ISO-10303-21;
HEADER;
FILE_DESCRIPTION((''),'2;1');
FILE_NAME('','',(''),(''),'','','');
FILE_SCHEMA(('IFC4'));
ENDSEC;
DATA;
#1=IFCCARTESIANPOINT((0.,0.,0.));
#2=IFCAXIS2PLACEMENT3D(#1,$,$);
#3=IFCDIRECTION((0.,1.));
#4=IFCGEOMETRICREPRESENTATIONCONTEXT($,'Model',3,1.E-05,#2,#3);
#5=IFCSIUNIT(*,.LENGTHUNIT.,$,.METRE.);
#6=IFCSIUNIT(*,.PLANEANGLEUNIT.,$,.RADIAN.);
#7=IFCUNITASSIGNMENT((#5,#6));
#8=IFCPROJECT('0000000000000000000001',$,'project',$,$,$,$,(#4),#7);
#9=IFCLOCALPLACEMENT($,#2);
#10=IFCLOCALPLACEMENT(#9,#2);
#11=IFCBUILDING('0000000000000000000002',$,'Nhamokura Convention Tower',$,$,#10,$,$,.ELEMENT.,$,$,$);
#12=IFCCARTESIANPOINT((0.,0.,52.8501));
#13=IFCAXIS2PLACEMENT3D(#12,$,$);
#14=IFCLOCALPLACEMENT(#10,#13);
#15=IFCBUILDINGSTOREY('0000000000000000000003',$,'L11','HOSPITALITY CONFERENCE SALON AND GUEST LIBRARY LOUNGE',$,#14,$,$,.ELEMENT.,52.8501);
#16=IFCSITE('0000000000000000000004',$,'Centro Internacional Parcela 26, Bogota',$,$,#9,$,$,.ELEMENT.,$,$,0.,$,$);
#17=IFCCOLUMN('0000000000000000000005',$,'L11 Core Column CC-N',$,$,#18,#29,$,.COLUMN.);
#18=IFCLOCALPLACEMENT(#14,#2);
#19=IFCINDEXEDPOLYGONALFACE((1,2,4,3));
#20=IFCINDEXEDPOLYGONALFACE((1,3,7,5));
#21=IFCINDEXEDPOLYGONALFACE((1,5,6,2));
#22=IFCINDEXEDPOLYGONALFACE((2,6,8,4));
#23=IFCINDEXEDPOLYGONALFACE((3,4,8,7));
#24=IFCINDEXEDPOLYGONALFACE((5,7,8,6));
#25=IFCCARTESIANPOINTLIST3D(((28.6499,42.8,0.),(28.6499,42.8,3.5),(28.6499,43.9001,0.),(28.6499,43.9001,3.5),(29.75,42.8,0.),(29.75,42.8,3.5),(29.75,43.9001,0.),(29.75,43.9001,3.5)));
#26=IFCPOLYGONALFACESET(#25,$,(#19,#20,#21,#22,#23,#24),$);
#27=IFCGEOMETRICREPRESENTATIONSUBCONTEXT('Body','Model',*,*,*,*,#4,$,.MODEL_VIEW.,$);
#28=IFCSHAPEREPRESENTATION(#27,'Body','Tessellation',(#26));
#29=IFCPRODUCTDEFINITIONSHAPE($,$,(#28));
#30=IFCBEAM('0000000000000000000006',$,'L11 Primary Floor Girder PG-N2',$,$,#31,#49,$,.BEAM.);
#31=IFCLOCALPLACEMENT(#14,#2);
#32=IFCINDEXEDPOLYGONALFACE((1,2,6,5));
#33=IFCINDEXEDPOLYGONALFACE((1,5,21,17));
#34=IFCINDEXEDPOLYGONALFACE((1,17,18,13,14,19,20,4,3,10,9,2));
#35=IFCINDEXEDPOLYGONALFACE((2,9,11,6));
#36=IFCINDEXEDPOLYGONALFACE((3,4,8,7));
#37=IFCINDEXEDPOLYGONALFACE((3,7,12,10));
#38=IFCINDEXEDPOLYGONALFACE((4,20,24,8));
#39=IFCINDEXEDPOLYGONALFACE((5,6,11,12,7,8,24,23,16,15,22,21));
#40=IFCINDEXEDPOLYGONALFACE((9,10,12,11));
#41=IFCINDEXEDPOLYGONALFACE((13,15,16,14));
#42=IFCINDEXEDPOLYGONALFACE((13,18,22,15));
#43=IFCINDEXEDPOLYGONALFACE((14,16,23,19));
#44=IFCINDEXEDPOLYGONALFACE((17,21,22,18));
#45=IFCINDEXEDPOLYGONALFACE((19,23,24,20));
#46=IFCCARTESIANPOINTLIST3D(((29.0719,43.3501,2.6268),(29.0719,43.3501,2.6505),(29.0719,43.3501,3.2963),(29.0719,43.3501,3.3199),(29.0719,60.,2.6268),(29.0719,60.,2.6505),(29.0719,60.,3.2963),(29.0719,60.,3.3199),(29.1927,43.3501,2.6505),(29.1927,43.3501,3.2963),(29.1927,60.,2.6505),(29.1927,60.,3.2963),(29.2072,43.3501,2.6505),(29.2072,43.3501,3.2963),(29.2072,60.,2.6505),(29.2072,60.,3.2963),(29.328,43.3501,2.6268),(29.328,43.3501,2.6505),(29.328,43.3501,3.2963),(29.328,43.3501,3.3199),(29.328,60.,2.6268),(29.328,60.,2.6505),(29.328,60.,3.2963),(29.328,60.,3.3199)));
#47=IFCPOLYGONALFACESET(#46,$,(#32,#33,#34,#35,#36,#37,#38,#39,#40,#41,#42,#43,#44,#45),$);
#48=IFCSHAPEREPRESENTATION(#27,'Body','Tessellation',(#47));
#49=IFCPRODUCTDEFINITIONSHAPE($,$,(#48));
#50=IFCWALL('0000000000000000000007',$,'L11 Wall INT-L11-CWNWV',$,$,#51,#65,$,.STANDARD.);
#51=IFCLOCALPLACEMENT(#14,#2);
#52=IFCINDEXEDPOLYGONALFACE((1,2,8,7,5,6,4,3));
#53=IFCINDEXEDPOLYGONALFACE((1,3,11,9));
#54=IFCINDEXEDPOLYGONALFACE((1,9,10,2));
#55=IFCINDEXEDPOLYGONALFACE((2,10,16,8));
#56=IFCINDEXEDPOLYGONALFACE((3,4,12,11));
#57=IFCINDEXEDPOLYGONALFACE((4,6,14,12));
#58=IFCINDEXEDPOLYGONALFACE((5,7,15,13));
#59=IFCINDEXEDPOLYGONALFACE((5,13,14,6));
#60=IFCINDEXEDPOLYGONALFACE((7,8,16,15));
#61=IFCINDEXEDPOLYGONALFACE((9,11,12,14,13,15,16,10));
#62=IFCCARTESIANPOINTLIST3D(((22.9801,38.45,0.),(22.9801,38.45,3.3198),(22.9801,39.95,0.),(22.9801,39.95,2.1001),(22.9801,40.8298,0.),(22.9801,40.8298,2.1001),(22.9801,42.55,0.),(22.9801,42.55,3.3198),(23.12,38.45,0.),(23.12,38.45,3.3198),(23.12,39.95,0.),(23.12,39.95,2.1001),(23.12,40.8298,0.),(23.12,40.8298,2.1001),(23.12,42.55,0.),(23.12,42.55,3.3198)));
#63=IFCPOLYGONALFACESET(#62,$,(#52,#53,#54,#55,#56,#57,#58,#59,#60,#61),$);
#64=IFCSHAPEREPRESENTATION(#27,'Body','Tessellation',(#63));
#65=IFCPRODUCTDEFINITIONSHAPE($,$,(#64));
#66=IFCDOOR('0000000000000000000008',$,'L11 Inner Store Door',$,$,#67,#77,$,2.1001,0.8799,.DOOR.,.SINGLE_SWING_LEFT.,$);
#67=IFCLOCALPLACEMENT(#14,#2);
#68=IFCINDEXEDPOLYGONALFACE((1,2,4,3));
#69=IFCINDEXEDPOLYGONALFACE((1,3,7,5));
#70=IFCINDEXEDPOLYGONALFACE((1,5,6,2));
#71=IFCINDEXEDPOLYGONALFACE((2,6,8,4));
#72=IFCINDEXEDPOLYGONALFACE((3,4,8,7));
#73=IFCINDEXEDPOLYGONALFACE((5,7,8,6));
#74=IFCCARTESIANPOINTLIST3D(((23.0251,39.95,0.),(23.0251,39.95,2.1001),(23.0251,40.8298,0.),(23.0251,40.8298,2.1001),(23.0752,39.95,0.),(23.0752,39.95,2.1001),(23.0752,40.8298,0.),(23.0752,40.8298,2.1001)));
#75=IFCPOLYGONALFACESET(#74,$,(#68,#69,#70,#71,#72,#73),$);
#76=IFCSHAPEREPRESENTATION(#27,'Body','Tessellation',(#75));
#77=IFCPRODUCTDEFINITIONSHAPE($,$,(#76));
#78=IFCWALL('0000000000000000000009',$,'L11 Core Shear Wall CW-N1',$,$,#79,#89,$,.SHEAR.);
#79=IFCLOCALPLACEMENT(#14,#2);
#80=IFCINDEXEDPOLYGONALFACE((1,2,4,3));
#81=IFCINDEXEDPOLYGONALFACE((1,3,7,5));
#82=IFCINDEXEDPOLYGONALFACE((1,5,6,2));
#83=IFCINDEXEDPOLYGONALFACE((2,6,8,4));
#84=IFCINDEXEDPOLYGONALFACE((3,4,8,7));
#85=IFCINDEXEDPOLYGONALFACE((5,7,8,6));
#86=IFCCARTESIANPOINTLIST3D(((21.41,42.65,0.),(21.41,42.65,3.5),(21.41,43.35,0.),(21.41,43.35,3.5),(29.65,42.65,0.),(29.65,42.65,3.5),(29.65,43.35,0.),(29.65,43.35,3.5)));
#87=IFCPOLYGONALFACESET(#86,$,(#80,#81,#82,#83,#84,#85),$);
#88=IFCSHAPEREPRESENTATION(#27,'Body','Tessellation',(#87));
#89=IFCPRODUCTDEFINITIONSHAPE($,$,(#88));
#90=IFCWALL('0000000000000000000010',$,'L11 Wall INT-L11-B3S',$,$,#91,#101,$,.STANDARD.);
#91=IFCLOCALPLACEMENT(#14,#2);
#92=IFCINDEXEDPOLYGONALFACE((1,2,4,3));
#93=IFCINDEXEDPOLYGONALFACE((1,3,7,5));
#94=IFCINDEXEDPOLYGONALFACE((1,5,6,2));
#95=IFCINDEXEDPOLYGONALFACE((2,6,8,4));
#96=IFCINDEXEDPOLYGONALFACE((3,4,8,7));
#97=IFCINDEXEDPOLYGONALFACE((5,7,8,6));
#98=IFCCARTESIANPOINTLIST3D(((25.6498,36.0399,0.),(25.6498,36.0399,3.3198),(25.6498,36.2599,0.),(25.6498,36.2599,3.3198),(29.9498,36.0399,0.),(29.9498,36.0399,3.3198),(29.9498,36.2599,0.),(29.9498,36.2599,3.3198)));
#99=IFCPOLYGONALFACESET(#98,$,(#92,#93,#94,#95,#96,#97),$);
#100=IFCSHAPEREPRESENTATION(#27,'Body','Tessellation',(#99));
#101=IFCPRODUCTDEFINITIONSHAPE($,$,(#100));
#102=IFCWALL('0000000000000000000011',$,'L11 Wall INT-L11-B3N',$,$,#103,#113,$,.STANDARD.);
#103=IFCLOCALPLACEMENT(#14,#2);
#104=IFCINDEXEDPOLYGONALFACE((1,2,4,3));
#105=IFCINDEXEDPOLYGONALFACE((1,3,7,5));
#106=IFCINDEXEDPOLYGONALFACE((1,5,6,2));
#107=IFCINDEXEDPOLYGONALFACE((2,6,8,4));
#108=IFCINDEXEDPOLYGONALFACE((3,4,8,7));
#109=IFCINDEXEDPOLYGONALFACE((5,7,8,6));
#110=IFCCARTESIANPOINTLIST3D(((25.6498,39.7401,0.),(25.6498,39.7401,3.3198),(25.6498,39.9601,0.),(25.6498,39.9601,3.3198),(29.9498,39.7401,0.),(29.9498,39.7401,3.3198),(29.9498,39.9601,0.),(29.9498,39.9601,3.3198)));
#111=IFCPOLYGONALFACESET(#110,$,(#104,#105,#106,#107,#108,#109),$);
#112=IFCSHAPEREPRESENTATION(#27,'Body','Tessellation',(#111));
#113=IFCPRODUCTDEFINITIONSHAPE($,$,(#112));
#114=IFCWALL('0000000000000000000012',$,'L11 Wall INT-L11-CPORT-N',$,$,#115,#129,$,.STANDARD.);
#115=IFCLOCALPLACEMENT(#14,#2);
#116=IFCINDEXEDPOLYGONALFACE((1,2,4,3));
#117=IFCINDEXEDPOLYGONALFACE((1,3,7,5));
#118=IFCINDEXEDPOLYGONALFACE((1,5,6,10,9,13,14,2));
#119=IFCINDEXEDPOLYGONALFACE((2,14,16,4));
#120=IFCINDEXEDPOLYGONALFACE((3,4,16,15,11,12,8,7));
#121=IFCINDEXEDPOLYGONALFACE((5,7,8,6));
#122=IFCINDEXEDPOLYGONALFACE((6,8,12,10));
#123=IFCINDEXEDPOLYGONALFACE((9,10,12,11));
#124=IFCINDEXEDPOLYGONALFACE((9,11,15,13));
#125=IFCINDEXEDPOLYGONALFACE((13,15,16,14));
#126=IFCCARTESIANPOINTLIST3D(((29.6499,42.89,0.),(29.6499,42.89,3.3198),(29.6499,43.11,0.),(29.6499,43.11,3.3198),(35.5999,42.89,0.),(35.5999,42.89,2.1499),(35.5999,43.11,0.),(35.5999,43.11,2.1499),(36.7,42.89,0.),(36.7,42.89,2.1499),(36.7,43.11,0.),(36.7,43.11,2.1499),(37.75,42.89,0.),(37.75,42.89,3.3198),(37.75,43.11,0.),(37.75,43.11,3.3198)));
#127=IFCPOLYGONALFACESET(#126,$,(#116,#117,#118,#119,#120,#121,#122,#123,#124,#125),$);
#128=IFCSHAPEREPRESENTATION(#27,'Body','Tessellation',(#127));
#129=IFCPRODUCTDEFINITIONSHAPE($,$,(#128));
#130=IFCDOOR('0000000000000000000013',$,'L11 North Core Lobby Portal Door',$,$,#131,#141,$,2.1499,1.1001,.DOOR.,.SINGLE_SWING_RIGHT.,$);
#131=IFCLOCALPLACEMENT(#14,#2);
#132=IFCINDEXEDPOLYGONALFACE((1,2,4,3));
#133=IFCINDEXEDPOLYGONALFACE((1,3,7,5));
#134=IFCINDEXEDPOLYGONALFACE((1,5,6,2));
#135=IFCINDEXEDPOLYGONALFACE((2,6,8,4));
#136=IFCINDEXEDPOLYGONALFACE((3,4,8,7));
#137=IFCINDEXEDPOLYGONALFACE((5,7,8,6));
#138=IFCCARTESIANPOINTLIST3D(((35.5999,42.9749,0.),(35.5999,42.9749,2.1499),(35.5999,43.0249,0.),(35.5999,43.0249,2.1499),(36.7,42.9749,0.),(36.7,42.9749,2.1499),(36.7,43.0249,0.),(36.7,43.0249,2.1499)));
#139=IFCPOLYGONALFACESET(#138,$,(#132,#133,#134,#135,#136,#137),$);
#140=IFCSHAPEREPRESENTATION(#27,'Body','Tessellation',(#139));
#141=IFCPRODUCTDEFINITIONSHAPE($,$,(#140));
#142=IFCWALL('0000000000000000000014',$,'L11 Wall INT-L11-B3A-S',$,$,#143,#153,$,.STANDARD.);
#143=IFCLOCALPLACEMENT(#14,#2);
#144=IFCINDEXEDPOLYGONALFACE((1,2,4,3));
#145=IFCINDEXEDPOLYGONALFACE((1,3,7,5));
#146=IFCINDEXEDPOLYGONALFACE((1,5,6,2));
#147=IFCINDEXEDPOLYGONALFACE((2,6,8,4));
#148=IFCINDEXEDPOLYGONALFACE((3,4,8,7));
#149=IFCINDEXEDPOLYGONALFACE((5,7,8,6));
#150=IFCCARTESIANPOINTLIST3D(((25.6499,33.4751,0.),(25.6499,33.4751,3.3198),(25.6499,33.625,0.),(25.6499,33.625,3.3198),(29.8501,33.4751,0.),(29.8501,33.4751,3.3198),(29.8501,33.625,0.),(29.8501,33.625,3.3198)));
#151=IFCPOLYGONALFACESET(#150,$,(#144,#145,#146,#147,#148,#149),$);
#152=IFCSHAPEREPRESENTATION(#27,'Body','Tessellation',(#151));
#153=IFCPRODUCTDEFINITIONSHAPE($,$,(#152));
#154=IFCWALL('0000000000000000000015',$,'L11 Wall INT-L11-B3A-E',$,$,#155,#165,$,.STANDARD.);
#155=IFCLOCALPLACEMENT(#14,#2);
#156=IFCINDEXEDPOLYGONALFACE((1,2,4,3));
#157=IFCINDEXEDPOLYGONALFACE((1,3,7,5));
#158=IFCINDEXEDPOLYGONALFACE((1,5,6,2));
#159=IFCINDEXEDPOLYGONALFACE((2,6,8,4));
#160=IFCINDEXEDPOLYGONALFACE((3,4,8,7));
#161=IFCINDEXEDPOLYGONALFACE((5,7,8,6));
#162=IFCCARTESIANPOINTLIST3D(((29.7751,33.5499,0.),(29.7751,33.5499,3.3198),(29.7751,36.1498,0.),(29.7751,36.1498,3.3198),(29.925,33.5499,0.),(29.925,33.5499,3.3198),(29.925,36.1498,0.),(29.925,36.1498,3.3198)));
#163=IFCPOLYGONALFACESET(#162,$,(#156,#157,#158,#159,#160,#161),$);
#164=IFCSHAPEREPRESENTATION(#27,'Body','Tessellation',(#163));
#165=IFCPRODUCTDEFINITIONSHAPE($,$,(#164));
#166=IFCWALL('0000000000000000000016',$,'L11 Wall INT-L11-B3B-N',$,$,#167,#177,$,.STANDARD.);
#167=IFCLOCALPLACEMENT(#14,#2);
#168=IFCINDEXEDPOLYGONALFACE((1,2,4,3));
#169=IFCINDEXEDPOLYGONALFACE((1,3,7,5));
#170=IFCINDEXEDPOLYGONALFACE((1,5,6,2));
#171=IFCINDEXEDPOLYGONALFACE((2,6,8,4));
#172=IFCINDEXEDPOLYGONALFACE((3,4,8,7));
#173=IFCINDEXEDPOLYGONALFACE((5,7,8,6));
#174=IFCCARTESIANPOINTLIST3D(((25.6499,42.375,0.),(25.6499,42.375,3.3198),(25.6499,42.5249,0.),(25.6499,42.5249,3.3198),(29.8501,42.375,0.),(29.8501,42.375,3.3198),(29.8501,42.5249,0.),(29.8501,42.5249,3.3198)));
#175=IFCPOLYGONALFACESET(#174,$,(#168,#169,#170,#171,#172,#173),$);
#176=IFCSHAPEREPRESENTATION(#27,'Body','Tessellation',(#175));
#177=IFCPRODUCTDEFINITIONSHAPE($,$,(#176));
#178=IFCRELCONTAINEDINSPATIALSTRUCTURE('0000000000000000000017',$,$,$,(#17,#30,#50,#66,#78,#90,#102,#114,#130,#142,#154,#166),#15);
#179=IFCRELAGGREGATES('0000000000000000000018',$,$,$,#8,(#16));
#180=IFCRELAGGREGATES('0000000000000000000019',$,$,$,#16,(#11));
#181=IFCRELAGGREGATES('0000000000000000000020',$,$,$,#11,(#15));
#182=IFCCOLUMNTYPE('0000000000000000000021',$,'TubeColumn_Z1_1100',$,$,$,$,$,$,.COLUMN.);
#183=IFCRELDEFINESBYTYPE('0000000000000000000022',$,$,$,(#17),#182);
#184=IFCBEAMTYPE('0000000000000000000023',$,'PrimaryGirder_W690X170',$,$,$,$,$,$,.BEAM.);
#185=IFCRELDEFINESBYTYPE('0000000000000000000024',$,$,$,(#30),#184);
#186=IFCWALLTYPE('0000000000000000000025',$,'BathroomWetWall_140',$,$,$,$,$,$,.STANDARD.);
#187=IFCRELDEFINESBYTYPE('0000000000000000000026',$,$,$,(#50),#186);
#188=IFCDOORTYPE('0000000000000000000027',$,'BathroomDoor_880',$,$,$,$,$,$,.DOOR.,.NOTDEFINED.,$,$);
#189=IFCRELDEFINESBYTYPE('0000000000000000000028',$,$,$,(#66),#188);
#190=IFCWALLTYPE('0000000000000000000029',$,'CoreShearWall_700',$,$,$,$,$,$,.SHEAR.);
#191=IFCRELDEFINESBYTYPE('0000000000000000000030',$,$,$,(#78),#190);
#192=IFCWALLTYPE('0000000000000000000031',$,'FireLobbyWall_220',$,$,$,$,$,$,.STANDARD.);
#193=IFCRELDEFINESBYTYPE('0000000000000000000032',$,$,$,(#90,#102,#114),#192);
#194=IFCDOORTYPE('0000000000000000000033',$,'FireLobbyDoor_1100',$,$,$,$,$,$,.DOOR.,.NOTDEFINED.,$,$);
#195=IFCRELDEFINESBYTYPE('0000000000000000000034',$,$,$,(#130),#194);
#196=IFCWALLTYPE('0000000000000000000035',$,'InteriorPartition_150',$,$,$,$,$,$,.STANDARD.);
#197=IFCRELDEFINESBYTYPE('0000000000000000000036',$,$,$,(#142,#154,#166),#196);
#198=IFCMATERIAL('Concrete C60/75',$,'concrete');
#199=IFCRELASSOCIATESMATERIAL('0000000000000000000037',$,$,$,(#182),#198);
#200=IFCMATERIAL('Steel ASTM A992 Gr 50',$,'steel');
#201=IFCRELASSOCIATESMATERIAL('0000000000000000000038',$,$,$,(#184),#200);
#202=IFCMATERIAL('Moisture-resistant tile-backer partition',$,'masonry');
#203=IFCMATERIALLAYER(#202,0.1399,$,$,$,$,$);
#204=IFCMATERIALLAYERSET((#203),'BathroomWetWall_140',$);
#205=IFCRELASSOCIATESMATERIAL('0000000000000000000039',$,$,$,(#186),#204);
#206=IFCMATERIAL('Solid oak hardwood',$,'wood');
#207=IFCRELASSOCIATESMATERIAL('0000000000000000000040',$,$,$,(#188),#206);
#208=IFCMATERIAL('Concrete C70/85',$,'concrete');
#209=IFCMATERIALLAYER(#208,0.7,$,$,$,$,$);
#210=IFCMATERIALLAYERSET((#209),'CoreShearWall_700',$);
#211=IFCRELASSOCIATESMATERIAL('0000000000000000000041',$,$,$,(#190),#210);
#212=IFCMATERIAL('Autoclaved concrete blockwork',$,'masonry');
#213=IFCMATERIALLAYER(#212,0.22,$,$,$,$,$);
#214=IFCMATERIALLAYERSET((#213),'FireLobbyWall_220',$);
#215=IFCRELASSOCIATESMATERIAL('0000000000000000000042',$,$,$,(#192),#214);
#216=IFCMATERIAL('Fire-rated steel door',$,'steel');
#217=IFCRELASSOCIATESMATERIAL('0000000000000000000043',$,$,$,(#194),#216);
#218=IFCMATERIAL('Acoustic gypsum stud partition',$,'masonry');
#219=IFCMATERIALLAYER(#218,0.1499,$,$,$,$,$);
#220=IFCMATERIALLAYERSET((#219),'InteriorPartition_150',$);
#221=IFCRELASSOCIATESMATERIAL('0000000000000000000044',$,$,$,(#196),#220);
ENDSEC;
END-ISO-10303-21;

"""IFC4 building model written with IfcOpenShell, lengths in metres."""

from ifc_helpers import new_model, si_unit, direction, frame, frame_2d, origin, origin_2d, place, context, subcontext, project, spatial, rectangle, i_section, extrude, material, layer, layer_set, material_profile, profile_set, type_object, element, fill, save


model = new_model("IFC4")

# Units and contexts
model_context = context("Model", 3, precision=1e-05, world=origin(), true_north=direction((0.0, 1.0)))
body_context = subcontext(model_context, "Body", "Model", "MODEL_VIEW")
ifc_project = project(units=[si_unit("LENGTHUNIT", "METRE"), si_unit("PLANEANGLEUNIT", "RADIAN")], contexts=[model_context])

# Site, building, storey
site_placement = place(None, origin())
site = spatial("IfcSite", under=ifc_project, at=site_placement, Name="Centro Internacional Parcela 26, Bogota", CompositionType="ELEMENT", RefElevation=0.0)
building_placement = place(site_placement, origin())
building = spatial("IfcBuilding", under=site, at=building_placement, Name="Nhamokura Convention Tower", CompositionType="ELEMENT")
storey_placement = place(building_placement, frame((0.0, 0.0, 52.8501)))
storey = spatial("IfcBuildingStorey", under=building, at=storey_placement, Name="L11", Description="HOSPITALITY CONFERENCE SALON AND GUEST LIBRARY LOUNGE", CompositionType="ELEMENT", Elevation=52.8501)

# Column
ifc_material_1 = material(Name="Concrete C60/75", Category="concrete")
ifc_material_profile_1 = material_profile(ifc_material_1, rectangle(XDim=1.1001, YDim=1.1001, at=origin_2d()))
ifc_profile_set_1 = profile_set([ifc_material_profile_1], Name="Concrete C60/75")
column_type = type_object("IfcColumnType", Name="TubeColumn_Z1_1100", PredefinedType="COLUMN", material=ifc_profile_set_1)
column_placement = place(storey_placement, frame((29.2, 43.3501, 0.0), z_axis=(0.0, 0.0, 1.0), x_axis=(1.0, 0.0, 0.0)))
element("IfcColumn", 1, at=column_placement, inside=storey, type_object=column_type, Name="L11 Core Column CC-N", PredefinedType="COLUMN", context=body_context, shape_type="SweptSolid", body=[
    extrude(rectangle(XDim=1.1001, YDim=1.1001, at=origin_2d()), origin(), (0.0, 0.0, 1.0), 3.5),
])

# Beam
ifc_material_2 = material(Name="Steel ASTM A992 Gr 50", Category="steel")
ifc_material_profile_2 = material_profile(ifc_material_2, i_section(OverallWidth=0.2561, OverallDepth=0.6931, WebThickness=0.0144, FlangeThickness=0.0237, at=origin_2d()))
ifc_profile_set_2 = profile_set([ifc_material_profile_2], Name="Steel ASTM A992 Gr 50")
beam_type = type_object("IfcBeamType", Name="PrimaryGirder_W690X170", PredefinedType="BEAM", material=ifc_profile_set_2)
beam_placement = place(storey_placement, frame((29.2, 43.3501, 2.9734), z_axis=(0.0, 1.0, 0.0), x_axis=(-1.0, 0.0, 0.0)))
element("IfcBeam", 2, at=beam_placement, inside=storey, type_object=beam_type, Name="L11 Primary Floor Girder PG-N2", PredefinedType="BEAM", context=body_context, shape_type="SweptSolid", body=[
    extrude(i_section(OverallWidth=0.2561, OverallDepth=0.6931, WebThickness=0.0144, FlangeThickness=0.0237, at=origin_2d()), origin(), (0.0, 0.0, 1.0), 16.6499),
])

# Wall, opening, door
ifc_material_3 = material(Name="Moisture-resistant tile-backer partition", Category="masonry")
ifc_layer_1 = layer(ifc_material_3, 0.1399)
ifc_layer_set_1 = layer_set([ifc_layer_1], Name="BathroomWetWall_140")
wall_type_1 = type_object("IfcWallType", Name="BathroomWetWall_140", PredefinedType="STANDARD", material=ifc_layer_set_1)
wall_1_placement = place(storey_placement, frame((23.05, 38.45, 0.0), z_axis=(0.0, 0.0, 1.0), x_axis=(0.0, 1.0, 0.0)))
wall_1 = element("IfcWall", 3, at=wall_1_placement, inside=storey, type_object=wall_type_1, Name="L11 Wall INT-L11-CWNWV", PredefinedType="STANDARD", context=body_context, shape_type="SweptSolid", body=[
    extrude(rectangle(XDim=4.1001, YDim=0.1399, at=frame_2d((2.05, 0.0))), origin(), (0.0, 0.0, 1.0), 3.3198),
])
opening_1_placement = place(wall_1_placement, frame((1.5, 0.0, 0.0)))
opening_1 = element("IfcOpeningElement", 4, at=opening_1_placement, cuts=wall_1, PredefinedType="OPENING", context=body_context, shape_type="SweptSolid", body=[
    extrude(rectangle(XDim=0.8799, YDim=2.1001, at=frame_2d((0.4399, 1.05))), frame((0.0, 0.0798, 0.0), z_axis=(0.0, -1.0, 0.0), x_axis=(1.0, 0.0, 0.0)), (0.0, 0.0, 1.0), 0.1599),
])
ifc_material_4 = material(Name="Solid oak hardwood", Category="wood")
door_type_1 = type_object("IfcDoorType", Name="BathroomDoor_880", OperationType="NOTDEFINED", PredefinedType="DOOR", material=ifc_material_4)
door_1_placement = place(opening_1_placement, origin())
door_1 = element("IfcDoor", 5, at=door_1_placement, inside=storey, type_object=door_type_1, Name="L11 Inner Store Door", OperationType="SINGLE_SWING_LEFT", OverallHeight=2.1001, OverallWidth=0.8799, PredefinedType="DOOR", context=body_context, shape_type="SweptSolid", body=[
    extrude(rectangle(XDim=0.8799, YDim=2.1001, at=frame_2d((0.4399, 1.05))), frame((0.0, 0.0249, 0.0), z_axis=(0.0, -1.0, 0.0), x_axis=(1.0, 0.0, 0.0)), (0.0, 0.0, 1.0), 0.05),
])
fill(opening_1, door_1)

# Walls
ifc_material_5 = material(Name="Concrete C70/85", Category="concrete")
ifc_layer_2 = layer(ifc_material_5, 0.7)
ifc_layer_set_2 = layer_set([ifc_layer_2], Name="CoreShearWall_700")
wall_type_2 = type_object("IfcWallType", Name="CoreShearWall_700", PredefinedType="SHEAR", material=ifc_layer_set_2)
wall_2_placement = place(storey_placement, frame((21.4099, 43.0, 0.0), z_axis=(0.0, 0.0, 1.0), x_axis=(1.0, 0.0, 0.0)))
element("IfcWall", 6, at=wall_2_placement, inside=storey, type_object=wall_type_2, Name="L11 Core Shear Wall CW-N1", PredefinedType="SHEAR", context=body_context, shape_type="SweptSolid", body=[
    extrude(rectangle(XDim=8.24, YDim=0.7, at=frame_2d((4.1201, 0.0))), origin(), (0.0, 0.0, 1.0), 3.5),
])
ifc_material_6 = material(Name="Autoclaved concrete blockwork", Category="masonry")
ifc_layer_3 = layer(ifc_material_6, 0.22)
ifc_layer_set_3 = layer_set([ifc_layer_3], Name="FireLobbyWall_220")
wall_type_3 = type_object("IfcWallType", Name="FireLobbyWall_220", PredefinedType="STANDARD", material=ifc_layer_set_3)
for number, where, z_axis, x_axis, name in (
    (7, (25.6499, 36.1499, 0.0), (0.0, 0.0, 1.0), (1.0, 0.0, 0.0), "L11 Wall INT-L11-B3S"),
    (8, (25.6499, 39.8501, 0.0), (0.0, 0.0, 1.0), (1.0, 0.0, 0.0), "L11 Wall INT-L11-B3N"),
):
    element("IfcWall", number, at=place(storey_placement, frame(where, z_axis=z_axis, x_axis=x_axis)), inside=storey, type_object=wall_type_3, Name=name, PredefinedType="STANDARD", context=body_context, shape_type="SweptSolid", body=[
        extrude(rectangle(XDim=4.3, YDim=0.22, at=frame_2d((2.1499, 0.0))), origin(), (0.0, 0.0, 1.0), 3.3198),
    ])

# Wall, opening, door
wall_3_placement = place(storey_placement, frame((29.6499, 43.0, 0.0), z_axis=(0.0, 0.0, 1.0), x_axis=(1.0, 0.0, 0.0)))
wall_3 = element("IfcWall", 9, at=wall_3_placement, inside=storey, type_object=wall_type_3, Name="L11 Wall INT-L11-CPORT-N", PredefinedType="STANDARD", context=body_context, shape_type="SweptSolid", body=[
    extrude(rectangle(XDim=8.1001, YDim=0.22, at=frame_2d((4.05, 0.0))), origin(), (0.0, 0.0, 1.0), 3.3198),
])
opening_2_placement = place(wall_3_placement, frame((5.95, 0.0, 0.0)))
opening_2 = element("IfcOpeningElement", 10, at=opening_2_placement, cuts=wall_3, PredefinedType="OPENING", context=body_context, shape_type="SweptSolid", body=[
    extrude(rectangle(XDim=1.1001, YDim=2.1499, at=frame_2d((0.55, 1.075))), frame((0.0, 0.1199, 0.0), z_axis=(0.0, -1.0, 0.0), x_axis=(1.0, 0.0, 0.0)), (0.0, 0.0, 1.0), 0.24),
])
ifc_material_7 = material(Name="Fire-rated steel door", Category="steel")
door_type_2 = type_object("IfcDoorType", Name="FireLobbyDoor_1100", OperationType="NOTDEFINED", PredefinedType="DOOR", material=ifc_material_7)
door_2_placement = place(opening_2_placement, origin())
door_2 = element("IfcDoor", 11, at=door_2_placement, inside=storey, type_object=door_type_2, Name="L11 North Core Lobby Portal Door", OperationType="SINGLE_SWING_RIGHT", OverallHeight=2.1499, OverallWidth=1.1001, PredefinedType="DOOR", context=body_context, shape_type="SweptSolid", body=[
    extrude(rectangle(XDim=1.1001, YDim=2.1499, at=frame_2d((0.55, 1.075))), frame((0.0, 0.0249, 0.0), z_axis=(0.0, -1.0, 0.0), x_axis=(1.0, 0.0, 0.0)), (0.0, 0.0, 1.0), 0.05),
])
fill(opening_2, door_2)

# Walls
ifc_material_8 = material(Name="Acoustic gypsum stud partition", Category="masonry")
ifc_layer_4 = layer(ifc_material_8, 0.1499)
ifc_layer_set_4 = layer_set([ifc_layer_4], Name="InteriorPartition_150")
wall_type_4 = type_object("IfcWallType", Name="InteriorPartition_150", PredefinedType="STANDARD", material=ifc_layer_set_4)
wall_4_placement = place(storey_placement, frame((25.6499, 33.55, 0.0), z_axis=(0.0, 0.0, 1.0), x_axis=(1.0, 0.0, 0.0)))
element("IfcWall", 12, at=wall_4_placement, inside=storey, type_object=wall_type_4, Name="L11 Wall INT-L11-B3A-S", PredefinedType="STANDARD", context=body_context, shape_type="SweptSolid", body=[
    extrude(rectangle(XDim=4.2002, YDim=0.1499, at=frame_2d((2.1001, 0.0))), origin(), (0.0, 0.0, 1.0), 3.3198),
])
wall_5_placement = place(storey_placement, frame((29.8501, 33.55, 0.0), z_axis=(0.0, 0.0, 1.0), x_axis=(0.0, 1.0, 0.0)))
element("IfcWall", 13, at=wall_5_placement, inside=storey, type_object=wall_type_4, Name="L11 Wall INT-L11-B3A-E", PredefinedType="STANDARD", context=body_context, shape_type="SweptSolid", body=[
    extrude(rectangle(XDim=2.5999, YDim=0.1499, at=frame_2d((1.2998, 0.0))), origin(), (0.0, 0.0, 1.0), 3.3198),
])
wall_6_placement = place(storey_placement, frame((25.6499, 42.45, 0.0), z_axis=(0.0, 0.0, 1.0), x_axis=(1.0, 0.0, 0.0)))
element("IfcWall", 14, at=wall_6_placement, inside=storey, type_object=wall_type_4, Name="L11 Wall INT-L11-B3B-N", PredefinedType="STANDARD", context=body_context, shape_type="SweptSolid", body=[
    extrude(rectangle(XDim=4.2002, YDim=0.1499, at=frame_2d((2.1001, 0.0))), origin(), (0.0, 0.0, 1.0), 3.3198),
])

save(model, "model.ifc")
